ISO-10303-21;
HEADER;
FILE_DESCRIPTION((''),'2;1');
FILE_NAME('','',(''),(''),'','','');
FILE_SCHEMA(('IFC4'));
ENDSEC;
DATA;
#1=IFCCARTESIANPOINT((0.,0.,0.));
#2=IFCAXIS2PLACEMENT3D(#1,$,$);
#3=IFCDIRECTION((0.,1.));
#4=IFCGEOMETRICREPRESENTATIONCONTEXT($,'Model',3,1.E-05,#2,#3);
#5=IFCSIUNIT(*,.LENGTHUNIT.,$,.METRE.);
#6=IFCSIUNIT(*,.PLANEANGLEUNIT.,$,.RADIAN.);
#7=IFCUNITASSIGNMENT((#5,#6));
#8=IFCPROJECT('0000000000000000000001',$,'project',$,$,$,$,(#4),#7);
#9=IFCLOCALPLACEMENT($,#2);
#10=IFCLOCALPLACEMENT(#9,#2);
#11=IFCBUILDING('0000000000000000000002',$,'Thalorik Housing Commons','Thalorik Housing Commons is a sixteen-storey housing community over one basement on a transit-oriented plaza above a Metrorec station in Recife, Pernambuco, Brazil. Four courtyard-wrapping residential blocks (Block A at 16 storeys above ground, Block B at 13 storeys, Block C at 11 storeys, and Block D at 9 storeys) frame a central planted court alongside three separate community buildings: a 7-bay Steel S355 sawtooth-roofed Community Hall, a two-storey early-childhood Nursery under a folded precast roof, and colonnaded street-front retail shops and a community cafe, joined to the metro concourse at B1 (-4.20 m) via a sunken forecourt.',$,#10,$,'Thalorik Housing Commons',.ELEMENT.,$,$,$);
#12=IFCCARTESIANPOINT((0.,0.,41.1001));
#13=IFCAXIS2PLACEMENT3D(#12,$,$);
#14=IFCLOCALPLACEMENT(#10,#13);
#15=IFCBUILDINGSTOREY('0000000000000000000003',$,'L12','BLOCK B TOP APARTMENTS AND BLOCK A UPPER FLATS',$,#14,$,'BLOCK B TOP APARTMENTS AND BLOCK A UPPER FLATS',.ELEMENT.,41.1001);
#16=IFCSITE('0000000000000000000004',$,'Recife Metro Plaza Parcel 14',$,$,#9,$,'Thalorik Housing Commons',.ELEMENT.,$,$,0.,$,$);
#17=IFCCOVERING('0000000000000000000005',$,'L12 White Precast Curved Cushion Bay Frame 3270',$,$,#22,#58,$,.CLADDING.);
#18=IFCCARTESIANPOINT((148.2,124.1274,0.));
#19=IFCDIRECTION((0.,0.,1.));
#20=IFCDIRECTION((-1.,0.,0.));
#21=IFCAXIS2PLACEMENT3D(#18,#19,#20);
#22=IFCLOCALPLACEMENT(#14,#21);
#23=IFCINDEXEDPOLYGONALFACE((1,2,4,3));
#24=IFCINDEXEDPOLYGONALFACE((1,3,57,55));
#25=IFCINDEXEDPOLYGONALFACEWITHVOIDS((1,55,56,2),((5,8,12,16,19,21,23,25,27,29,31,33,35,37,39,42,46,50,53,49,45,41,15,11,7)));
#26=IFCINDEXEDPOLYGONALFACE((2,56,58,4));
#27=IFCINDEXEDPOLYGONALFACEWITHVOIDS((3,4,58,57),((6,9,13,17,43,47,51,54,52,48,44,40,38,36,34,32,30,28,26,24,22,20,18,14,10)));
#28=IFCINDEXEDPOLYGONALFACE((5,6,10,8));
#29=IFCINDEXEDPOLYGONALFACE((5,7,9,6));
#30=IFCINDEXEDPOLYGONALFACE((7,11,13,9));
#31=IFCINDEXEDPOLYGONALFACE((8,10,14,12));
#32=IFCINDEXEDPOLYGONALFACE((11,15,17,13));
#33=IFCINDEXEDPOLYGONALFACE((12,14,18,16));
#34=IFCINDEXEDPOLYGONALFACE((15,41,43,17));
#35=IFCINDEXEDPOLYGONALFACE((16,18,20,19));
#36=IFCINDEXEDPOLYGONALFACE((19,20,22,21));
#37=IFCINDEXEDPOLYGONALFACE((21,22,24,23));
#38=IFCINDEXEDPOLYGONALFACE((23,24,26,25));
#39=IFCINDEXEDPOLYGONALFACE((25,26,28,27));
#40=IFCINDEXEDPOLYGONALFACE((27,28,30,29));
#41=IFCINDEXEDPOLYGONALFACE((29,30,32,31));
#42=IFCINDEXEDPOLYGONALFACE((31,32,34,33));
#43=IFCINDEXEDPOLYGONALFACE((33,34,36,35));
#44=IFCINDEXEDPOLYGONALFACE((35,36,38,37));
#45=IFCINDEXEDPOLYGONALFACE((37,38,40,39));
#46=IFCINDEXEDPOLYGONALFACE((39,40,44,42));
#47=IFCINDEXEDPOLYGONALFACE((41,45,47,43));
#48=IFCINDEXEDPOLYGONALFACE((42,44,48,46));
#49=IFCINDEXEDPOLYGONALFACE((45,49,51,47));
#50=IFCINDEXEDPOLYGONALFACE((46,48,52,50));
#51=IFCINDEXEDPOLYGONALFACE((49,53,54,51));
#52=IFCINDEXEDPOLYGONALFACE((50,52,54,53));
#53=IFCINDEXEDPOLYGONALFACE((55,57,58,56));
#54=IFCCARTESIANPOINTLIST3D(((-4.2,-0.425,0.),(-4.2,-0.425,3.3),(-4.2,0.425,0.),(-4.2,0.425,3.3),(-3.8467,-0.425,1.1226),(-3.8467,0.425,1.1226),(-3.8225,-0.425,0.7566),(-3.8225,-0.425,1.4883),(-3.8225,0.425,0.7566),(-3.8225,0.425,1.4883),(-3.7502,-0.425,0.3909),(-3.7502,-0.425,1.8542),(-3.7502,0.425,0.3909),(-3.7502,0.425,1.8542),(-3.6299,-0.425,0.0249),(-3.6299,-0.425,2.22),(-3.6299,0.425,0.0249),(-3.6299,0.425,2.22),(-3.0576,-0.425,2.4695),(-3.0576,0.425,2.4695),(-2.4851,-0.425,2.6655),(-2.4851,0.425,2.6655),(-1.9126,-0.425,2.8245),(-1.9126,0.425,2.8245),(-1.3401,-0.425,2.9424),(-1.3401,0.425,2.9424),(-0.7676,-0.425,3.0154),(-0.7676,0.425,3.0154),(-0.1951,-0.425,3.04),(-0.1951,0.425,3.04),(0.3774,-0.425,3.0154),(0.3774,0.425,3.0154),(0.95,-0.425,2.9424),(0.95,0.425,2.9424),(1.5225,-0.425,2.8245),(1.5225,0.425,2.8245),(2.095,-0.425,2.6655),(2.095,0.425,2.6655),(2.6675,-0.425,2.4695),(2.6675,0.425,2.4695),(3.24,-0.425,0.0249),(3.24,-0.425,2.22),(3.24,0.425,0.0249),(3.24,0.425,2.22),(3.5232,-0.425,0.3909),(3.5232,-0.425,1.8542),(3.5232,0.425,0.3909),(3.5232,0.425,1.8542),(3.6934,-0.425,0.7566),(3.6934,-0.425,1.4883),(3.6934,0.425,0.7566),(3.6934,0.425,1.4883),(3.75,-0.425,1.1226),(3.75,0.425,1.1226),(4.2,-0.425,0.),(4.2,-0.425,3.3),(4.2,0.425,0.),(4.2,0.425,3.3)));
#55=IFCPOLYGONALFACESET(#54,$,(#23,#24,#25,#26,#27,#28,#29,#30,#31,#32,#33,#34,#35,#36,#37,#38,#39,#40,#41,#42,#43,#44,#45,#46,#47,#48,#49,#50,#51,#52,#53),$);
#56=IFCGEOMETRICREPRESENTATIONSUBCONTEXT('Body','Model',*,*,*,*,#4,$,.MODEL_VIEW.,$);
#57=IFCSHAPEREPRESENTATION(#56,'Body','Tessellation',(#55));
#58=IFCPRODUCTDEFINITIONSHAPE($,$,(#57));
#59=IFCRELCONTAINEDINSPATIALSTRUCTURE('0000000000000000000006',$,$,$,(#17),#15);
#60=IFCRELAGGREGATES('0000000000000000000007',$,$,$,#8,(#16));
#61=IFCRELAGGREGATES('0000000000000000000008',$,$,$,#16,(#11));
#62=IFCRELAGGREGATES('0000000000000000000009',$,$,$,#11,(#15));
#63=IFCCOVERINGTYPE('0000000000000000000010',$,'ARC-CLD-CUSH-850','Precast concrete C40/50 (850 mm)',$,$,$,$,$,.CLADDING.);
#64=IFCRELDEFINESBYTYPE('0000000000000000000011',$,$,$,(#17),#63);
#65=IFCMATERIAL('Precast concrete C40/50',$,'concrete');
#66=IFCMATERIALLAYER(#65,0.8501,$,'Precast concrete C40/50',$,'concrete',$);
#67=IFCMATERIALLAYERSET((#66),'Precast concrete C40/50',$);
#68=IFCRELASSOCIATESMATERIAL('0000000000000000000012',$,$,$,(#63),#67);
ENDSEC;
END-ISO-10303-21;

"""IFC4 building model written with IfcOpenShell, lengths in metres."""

from ifc_helpers import new_model, si_unit, direction, frame, origin, place, context, subcontext, project, spatial, polyline, outline, extrude, material, layer, layer_set, type_object, element, save


model = new_model("IFC4")

# Units and contexts
model_context = context("Model", 3, precision=1e-05, world=origin(), true_north=direction((0.0, 1.0)))
body_context = subcontext(model_context, "Body", "Model", "MODEL_VIEW")
ifc_project = project(units=[si_unit("LENGTHUNIT", "METRE"), si_unit("PLANEANGLEUNIT", "RADIAN")], contexts=[model_context])

# Site, building, storey
site_placement = place(None, origin())
site = spatial("IfcSite", under=ifc_project, at=site_placement, Name="Recife Metro Plaza Parcel 14", LongName="Thalorik Housing Commons", CompositionType="ELEMENT", RefElevation=0.0)
building_placement = place(site_placement, origin())
building = spatial("IfcBuilding", under=site, at=building_placement, Name="Thalorik Housing Commons", Description="Thalorik Housing Commons is a sixteen-storey housing community over one basement on a transit-oriented plaza above a Metrorec station in Recife, Pernambuco, Brazil. Four courtyard-wrapping residential blocks (Block A at 16 storeys above ground, Block B at 13 storeys, Block C at 11 storeys, and Block D at 9 storeys) frame a central planted court alongside three separate community buildings: a 7-bay Steel S355 sawtooth-roofed Community Hall, a two-storey early-childhood Nursery under a folded precast roof, and colonnaded street-front retail shops and a community cafe, joined to the metro concourse at B1 (-4.20 m) via a sunken forecourt.", LongName="Thalorik Housing Commons", CompositionType="ELEMENT")
storey_placement = place(building_placement, frame((0.0, 0.0, 41.1001)))
storey = spatial("IfcBuildingStorey", under=building, at=storey_placement, Name="L12", Description="BLOCK B TOP APARTMENTS AND BLOCK A UPPER FLATS", LongName="BLOCK B TOP APARTMENTS AND BLOCK A UPPER FLATS", CompositionType="ELEMENT", Elevation=41.1001)

# Shared definitions
ifc_material_1 = material(Name="Precast concrete C40/50", Category="concrete")

# Covering
ifc_layer_1 = layer(ifc_material_1, 0.8501, Name="Precast concrete C40/50", Category="concrete")
ifc_layer_set_1 = layer_set([ifc_layer_1], Name="Precast concrete C40/50")
covering_type_1 = type_object("IfcCoveringType", Name="ARC-CLD-CUSH-850", Description="Precast concrete C40/50 (850 mm)", PredefinedType="CLADDING", material=ifc_layer_set_1)
covering_1_placement = place(storey_placement, frame((148.2, 124.1274, 0.0), z_axis=(0.0, 0.0, 1.0), x_axis=(-1.0, 0.0, 0.0)))
element("IfcCovering", 1, at=covering_1_placement, inside=storey, type_object=covering_type_1, Name="L12 White Precast Curved Cushion Bay Frame 3270", PredefinedType="CLADDING", context=body_context, shape_type="SweptSolid", body=[
    extrude(outline(polyline([(-4.2, 0.0), (4.2, 0.0), (4.2, 3.3), (-4.2, 3.3), (-4.2, 0.0)]), holes=[polyline([(3.24, 0.0249), (3.5232, 0.3909), (3.6934, 0.7566), (3.75, 1.1226), (3.6934, 1.4883), (3.5232, 1.8542), (3.24, 2.22), (2.6675, 2.4695), (2.095, 2.6655), (1.5225, 2.8245), (0.95, 2.9424), (0.3774, 3.0154), (-0.1951, 3.04), (-0.7676, 3.0154), (-1.3401, 2.9424), (-1.9126, 2.8245), (-2.4851, 2.6655), (-3.0576, 2.4695), (-3.6299, 2.22), (-3.7502, 1.8542), (-3.8225, 1.4883), (-3.8467, 1.1226), (-3.8225, 0.7566), (-3.7502, 0.3909), (-3.6299, 0.0249), (3.24, 0.0249)])]), frame((0.0, 0.425, 0.0), z_axis=(0.0, -1.0, 0.0), x_axis=(1.0, 0.0, 0.0)), (0.0, 0.0, 1.0), 0.8501),
])

save(model, "model.ifc")
